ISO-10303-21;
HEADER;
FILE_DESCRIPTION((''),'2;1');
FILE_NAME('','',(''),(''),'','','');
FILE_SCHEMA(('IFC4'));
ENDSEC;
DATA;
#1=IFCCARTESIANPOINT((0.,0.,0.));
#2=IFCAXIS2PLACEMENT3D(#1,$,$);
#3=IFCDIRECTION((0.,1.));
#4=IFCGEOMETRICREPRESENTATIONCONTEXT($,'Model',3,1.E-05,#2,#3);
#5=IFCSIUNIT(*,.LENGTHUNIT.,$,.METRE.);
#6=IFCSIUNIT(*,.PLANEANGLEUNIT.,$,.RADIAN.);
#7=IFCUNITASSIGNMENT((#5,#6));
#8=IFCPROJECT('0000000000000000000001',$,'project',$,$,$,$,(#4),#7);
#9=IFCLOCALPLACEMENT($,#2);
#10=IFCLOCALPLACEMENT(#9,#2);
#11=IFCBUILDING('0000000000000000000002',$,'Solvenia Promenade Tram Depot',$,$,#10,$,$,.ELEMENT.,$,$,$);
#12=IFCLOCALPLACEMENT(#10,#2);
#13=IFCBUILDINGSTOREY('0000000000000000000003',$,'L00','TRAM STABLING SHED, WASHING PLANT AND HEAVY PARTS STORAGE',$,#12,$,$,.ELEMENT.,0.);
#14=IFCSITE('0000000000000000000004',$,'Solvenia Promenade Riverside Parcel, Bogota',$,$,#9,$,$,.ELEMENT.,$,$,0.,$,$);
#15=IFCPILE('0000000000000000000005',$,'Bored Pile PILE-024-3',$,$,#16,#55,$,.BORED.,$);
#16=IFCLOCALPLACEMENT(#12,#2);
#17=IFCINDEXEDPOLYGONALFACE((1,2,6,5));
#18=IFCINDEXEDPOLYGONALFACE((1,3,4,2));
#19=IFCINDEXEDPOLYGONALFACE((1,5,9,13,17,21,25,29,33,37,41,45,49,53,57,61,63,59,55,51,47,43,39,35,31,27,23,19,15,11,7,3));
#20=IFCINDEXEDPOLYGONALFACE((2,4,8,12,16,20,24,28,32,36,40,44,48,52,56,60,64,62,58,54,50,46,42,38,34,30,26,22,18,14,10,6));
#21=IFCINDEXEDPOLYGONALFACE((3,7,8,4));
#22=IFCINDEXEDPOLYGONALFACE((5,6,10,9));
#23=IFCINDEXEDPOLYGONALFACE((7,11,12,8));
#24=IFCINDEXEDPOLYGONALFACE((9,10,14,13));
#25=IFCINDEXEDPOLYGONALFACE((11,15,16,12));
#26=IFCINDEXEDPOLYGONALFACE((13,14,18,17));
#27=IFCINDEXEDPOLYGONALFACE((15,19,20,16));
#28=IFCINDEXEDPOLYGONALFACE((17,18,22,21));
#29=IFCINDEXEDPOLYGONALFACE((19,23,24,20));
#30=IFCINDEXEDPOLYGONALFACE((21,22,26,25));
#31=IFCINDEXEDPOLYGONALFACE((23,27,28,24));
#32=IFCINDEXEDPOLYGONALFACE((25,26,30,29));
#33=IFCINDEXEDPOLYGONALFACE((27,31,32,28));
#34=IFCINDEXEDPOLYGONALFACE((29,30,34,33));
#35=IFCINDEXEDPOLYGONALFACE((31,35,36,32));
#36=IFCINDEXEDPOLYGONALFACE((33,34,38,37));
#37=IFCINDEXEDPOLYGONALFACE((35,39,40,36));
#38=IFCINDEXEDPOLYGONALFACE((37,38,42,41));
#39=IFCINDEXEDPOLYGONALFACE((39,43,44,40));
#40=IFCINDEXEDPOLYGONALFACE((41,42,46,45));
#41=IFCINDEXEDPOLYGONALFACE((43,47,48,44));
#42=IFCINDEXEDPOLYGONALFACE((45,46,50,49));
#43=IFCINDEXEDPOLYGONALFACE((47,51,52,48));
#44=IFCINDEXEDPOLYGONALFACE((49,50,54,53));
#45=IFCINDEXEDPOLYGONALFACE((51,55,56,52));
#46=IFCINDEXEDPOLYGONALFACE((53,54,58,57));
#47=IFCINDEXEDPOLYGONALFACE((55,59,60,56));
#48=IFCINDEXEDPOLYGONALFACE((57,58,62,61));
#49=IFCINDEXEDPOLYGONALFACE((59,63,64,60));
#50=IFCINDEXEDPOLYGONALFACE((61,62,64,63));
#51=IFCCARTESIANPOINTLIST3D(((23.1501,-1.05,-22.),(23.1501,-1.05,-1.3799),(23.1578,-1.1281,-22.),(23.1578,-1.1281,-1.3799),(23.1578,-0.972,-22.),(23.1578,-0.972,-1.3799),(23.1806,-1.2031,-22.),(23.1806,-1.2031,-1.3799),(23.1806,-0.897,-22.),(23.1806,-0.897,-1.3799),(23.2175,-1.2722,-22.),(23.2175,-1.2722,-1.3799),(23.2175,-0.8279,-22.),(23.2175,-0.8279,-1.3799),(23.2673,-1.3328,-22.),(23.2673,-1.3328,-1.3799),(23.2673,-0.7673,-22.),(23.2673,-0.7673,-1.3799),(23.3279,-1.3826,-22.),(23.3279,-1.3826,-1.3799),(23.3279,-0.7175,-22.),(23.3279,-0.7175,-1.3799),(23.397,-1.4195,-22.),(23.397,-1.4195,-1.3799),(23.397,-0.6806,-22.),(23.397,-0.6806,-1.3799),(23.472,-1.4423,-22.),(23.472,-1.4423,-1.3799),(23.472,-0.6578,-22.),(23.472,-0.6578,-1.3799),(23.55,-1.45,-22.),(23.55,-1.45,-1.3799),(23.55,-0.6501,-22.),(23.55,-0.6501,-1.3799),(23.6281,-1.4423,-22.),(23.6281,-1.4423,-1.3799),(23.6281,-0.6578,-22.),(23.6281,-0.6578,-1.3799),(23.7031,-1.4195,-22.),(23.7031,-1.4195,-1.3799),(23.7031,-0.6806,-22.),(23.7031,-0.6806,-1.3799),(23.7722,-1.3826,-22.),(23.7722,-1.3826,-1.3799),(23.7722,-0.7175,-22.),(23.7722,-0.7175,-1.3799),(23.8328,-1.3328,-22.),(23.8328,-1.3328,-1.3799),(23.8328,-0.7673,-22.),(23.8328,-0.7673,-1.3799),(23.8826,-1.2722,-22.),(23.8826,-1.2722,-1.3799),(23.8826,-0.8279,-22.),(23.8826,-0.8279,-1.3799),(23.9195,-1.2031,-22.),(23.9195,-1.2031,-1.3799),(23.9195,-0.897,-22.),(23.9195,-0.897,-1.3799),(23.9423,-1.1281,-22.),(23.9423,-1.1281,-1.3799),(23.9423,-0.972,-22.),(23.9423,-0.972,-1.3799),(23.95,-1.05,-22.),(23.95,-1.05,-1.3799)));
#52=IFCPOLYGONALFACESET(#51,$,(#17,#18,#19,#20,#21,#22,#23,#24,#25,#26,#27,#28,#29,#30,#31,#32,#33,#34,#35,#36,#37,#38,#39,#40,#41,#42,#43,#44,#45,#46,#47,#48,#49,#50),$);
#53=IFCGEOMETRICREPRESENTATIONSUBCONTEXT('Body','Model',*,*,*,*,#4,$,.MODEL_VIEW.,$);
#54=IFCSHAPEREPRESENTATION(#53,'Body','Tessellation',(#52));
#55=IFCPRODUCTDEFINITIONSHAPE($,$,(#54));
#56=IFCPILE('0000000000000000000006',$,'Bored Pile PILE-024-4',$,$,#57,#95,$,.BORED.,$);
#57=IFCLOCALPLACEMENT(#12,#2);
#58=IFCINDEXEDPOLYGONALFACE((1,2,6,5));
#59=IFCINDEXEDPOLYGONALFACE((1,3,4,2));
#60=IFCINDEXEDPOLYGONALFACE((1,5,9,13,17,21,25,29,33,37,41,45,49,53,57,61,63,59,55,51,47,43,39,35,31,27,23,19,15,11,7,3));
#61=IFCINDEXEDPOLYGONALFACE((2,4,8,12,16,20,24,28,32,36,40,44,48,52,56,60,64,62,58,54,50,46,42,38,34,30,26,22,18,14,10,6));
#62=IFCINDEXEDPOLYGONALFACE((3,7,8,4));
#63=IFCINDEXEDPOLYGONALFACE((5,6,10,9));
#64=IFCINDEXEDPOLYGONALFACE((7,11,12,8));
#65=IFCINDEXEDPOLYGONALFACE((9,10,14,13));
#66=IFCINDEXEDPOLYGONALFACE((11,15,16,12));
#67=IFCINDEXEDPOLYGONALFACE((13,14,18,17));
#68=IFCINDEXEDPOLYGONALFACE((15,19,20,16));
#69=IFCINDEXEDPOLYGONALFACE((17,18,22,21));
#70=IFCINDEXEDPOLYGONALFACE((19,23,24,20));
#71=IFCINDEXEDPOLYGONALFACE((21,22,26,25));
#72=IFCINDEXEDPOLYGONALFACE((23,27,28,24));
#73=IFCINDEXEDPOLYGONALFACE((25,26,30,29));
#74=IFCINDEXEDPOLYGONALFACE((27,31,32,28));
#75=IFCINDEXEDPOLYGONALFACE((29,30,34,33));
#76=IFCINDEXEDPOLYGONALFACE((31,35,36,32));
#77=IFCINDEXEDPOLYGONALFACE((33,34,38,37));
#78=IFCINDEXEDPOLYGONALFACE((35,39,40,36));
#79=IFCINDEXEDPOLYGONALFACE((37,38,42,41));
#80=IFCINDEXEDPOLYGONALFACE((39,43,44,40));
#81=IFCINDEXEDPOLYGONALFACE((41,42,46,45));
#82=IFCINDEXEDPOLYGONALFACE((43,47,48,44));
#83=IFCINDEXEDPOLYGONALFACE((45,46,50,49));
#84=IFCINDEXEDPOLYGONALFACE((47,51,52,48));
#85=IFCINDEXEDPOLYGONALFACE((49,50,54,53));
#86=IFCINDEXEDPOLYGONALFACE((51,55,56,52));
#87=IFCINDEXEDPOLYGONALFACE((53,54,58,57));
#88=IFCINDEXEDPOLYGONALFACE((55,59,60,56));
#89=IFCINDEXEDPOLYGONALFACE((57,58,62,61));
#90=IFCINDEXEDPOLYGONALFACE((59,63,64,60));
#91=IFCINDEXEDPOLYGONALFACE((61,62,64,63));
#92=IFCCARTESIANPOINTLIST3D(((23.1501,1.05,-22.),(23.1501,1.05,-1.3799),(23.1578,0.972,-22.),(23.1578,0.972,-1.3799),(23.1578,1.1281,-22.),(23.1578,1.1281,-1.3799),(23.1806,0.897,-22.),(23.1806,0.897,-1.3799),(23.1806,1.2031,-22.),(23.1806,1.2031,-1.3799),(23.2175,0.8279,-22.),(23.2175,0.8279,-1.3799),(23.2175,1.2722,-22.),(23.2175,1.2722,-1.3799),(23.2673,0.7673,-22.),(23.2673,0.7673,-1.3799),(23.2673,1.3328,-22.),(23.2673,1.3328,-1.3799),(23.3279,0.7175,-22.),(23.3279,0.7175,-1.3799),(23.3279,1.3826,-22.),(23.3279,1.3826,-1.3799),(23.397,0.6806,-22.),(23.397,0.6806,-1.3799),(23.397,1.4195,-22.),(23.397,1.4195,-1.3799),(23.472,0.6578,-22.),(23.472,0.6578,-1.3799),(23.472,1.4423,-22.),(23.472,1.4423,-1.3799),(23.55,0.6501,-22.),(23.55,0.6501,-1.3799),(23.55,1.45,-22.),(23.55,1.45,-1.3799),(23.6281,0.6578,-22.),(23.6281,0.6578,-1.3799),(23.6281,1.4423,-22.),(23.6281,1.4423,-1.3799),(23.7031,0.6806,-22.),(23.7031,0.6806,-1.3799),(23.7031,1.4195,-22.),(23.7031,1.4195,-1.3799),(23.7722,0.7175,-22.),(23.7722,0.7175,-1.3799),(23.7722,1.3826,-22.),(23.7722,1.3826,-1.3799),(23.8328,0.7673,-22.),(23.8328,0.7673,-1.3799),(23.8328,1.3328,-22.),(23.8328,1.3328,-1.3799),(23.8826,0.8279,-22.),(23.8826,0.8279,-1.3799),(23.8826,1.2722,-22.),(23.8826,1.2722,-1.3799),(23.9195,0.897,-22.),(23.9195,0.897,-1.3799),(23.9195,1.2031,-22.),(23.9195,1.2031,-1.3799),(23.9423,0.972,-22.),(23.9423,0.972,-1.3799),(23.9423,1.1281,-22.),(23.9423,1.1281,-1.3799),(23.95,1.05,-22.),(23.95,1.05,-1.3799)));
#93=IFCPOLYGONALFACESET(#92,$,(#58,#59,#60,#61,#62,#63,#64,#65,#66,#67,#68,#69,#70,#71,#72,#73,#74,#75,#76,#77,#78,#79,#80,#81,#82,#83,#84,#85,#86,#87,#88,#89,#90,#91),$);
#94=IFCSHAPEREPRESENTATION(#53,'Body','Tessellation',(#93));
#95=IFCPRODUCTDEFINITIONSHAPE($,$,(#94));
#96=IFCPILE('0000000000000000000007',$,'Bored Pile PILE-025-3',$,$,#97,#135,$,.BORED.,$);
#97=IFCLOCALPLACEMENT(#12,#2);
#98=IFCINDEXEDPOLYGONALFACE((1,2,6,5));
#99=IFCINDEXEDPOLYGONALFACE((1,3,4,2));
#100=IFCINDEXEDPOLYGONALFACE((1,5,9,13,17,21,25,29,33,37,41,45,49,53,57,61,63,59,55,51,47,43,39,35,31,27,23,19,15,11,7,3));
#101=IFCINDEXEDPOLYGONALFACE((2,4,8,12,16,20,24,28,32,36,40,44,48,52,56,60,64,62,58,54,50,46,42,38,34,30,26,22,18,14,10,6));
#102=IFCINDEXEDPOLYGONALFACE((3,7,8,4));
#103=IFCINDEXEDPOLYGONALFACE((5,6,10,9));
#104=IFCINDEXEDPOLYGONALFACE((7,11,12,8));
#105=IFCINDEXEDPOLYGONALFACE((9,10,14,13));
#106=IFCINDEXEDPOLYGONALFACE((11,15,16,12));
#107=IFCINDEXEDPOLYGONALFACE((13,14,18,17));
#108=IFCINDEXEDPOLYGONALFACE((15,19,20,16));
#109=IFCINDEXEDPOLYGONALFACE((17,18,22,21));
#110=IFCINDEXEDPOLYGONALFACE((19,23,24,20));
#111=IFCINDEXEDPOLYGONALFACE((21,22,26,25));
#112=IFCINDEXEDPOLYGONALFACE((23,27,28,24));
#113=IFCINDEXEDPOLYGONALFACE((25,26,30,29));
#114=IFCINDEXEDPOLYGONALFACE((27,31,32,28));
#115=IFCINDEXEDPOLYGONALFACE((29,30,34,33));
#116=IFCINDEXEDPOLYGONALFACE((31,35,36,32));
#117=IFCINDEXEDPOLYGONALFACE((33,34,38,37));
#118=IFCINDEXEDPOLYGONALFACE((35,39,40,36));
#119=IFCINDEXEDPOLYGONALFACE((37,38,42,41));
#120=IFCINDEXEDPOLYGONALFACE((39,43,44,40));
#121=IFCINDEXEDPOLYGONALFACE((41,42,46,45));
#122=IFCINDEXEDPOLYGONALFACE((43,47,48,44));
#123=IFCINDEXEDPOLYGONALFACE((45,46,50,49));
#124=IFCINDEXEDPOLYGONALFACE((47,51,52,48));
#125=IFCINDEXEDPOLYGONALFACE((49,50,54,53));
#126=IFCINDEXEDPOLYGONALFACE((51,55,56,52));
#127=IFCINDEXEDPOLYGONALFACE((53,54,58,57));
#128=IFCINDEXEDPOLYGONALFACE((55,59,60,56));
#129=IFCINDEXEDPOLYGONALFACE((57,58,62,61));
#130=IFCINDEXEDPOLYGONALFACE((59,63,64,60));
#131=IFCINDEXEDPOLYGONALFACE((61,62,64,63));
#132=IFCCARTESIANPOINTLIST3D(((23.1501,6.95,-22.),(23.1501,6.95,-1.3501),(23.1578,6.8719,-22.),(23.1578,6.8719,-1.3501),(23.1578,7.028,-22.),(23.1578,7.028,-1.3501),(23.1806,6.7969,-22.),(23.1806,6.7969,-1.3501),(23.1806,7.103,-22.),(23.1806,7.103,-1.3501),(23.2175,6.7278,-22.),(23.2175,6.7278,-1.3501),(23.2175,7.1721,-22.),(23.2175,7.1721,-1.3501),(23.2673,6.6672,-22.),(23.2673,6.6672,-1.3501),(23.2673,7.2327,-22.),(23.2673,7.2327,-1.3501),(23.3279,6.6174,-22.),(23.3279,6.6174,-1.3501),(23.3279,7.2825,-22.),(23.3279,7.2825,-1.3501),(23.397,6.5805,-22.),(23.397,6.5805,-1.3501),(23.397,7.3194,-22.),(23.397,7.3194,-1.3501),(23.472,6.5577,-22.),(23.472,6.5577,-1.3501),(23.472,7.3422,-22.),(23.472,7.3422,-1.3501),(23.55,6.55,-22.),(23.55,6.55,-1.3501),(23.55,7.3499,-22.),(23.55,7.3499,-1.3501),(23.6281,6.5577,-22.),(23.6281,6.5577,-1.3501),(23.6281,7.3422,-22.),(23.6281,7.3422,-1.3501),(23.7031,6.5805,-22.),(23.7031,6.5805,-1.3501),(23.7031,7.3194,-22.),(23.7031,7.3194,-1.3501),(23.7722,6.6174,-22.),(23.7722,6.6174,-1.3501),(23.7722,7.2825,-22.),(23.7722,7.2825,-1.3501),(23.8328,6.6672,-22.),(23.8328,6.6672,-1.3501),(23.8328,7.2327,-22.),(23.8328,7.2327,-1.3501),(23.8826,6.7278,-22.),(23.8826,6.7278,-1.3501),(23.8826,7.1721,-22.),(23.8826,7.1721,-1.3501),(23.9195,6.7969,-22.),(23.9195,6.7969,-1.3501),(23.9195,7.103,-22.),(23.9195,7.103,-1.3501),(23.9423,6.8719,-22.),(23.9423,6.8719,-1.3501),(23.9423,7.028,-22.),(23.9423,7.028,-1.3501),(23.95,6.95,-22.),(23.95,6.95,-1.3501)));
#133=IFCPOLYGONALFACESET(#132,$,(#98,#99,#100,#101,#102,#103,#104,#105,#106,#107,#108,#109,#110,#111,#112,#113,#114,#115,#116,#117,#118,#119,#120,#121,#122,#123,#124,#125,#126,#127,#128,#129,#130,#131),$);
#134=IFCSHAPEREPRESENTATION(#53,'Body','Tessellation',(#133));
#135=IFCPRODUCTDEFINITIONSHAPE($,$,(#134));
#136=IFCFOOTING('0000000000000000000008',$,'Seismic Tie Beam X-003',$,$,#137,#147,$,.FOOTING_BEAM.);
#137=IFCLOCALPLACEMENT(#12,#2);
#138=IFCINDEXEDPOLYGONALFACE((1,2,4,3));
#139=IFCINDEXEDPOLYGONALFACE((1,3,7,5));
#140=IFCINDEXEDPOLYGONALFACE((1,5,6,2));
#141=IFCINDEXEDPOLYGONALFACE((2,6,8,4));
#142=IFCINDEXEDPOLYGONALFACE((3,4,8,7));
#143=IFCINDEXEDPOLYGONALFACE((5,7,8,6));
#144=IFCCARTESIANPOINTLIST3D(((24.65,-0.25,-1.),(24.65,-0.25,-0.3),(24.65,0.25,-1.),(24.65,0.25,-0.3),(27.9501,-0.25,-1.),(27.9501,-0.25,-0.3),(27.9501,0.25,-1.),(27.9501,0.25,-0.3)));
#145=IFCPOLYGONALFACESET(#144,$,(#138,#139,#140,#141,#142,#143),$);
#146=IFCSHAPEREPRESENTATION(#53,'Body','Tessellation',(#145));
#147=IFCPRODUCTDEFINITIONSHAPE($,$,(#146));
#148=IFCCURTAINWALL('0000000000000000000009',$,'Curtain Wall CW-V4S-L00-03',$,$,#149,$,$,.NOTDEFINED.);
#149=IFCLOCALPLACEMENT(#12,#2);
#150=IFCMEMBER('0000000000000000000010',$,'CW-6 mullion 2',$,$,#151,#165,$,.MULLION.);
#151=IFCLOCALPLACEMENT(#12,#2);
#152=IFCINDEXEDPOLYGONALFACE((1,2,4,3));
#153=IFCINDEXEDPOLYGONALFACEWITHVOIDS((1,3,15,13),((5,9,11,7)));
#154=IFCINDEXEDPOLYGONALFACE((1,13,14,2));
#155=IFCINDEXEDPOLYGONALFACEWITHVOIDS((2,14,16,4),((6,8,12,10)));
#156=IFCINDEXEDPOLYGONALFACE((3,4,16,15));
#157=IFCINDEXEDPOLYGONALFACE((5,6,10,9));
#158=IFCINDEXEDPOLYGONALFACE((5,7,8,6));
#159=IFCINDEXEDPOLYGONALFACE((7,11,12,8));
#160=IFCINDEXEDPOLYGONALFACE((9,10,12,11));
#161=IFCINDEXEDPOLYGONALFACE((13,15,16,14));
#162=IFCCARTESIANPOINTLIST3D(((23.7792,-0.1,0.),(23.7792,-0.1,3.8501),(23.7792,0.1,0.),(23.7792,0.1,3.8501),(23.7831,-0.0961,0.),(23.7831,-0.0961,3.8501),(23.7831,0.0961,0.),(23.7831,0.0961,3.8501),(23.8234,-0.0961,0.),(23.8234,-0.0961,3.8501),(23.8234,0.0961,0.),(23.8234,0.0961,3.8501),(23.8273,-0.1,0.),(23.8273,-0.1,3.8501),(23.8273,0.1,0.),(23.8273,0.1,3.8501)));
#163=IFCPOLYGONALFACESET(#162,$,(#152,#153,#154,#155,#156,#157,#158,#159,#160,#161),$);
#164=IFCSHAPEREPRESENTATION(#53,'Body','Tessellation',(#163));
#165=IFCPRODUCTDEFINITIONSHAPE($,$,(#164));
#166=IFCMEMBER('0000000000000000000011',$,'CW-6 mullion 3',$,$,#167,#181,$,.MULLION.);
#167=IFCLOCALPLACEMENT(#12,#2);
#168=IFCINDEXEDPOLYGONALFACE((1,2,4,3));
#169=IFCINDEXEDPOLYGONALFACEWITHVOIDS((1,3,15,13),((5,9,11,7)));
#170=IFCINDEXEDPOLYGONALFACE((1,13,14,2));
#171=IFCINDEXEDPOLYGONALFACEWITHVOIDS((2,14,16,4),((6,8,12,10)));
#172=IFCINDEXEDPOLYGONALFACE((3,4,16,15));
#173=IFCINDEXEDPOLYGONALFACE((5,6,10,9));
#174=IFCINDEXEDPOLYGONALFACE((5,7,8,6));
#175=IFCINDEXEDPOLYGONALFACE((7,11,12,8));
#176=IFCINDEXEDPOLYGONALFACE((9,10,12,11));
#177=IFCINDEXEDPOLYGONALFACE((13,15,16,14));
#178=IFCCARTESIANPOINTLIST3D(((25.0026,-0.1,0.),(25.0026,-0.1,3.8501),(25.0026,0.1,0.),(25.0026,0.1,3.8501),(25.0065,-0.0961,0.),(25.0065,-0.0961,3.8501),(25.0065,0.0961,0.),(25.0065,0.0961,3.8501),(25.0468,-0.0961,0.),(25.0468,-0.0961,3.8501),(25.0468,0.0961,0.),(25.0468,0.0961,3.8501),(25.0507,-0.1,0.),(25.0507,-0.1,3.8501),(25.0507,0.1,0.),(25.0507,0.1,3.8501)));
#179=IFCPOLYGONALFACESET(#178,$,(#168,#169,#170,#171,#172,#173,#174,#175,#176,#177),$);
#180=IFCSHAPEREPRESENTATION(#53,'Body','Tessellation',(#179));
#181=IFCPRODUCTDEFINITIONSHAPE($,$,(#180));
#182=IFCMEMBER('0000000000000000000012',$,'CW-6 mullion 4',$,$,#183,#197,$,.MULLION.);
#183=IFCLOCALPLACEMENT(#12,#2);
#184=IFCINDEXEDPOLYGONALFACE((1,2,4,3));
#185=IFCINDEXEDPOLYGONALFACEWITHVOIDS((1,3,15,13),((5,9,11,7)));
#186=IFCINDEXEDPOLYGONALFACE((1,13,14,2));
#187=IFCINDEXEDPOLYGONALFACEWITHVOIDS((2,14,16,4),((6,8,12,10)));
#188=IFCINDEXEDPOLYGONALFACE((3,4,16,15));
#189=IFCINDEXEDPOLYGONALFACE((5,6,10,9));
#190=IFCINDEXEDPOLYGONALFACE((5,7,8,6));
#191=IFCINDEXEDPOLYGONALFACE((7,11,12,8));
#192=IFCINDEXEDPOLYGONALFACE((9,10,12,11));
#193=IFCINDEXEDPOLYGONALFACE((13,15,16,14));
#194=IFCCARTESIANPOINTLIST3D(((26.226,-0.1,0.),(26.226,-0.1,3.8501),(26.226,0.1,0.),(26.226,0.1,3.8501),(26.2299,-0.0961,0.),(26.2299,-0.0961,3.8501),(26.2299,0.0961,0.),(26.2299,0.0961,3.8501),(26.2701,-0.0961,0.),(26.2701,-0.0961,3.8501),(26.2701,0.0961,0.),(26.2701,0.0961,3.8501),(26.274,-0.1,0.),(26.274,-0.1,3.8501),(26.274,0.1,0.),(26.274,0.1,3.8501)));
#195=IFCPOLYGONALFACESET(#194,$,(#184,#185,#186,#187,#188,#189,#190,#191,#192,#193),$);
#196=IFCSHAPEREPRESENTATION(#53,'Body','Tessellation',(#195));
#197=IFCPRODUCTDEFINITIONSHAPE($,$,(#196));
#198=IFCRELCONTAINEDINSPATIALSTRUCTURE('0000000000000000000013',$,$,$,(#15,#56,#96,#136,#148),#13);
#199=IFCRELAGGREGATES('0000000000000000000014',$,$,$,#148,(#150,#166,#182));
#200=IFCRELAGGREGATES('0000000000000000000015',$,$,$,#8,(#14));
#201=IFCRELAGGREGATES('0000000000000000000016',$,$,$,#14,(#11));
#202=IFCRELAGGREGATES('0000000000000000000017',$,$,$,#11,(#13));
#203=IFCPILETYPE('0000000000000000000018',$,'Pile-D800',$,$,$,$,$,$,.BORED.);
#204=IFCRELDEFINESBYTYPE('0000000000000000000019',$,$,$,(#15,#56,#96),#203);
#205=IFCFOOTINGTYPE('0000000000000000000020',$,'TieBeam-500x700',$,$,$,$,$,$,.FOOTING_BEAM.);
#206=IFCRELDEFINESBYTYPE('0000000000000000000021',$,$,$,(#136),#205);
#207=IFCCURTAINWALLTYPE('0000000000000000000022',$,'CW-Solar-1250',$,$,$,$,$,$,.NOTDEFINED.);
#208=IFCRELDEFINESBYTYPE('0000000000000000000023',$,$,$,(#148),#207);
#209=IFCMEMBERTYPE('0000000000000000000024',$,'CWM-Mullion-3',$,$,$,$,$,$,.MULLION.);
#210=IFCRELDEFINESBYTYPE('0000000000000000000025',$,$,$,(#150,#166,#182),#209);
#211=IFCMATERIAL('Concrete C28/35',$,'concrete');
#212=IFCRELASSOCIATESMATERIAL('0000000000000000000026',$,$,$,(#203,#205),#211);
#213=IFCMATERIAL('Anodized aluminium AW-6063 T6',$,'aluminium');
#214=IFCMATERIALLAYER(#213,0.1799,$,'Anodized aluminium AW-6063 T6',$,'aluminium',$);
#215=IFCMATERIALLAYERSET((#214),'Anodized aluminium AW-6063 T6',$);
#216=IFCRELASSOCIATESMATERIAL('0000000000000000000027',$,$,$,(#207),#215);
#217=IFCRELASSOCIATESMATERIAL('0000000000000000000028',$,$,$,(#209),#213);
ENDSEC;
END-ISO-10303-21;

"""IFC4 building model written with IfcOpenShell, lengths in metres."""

from ifc_helpers import new_model, si_unit, direction, frame, origin, origin_2d, place, context, subcontext, project, spatial, rectangle, hollow_rectangle, circle, extrude, material, layer, layer_set, material_profile, profile_set, type_object, element, aggregate, save


model = new_model("IFC4")

# Units and contexts
model_context = context("Model", 3, precision=1e-05, world=origin(), true_north=direction((0.0, 1.0)))
body_context = subcontext(model_context, "Body", "Model", "MODEL_VIEW")
ifc_project = project(units=[si_unit("LENGTHUNIT", "METRE"), si_unit("PLANEANGLEUNIT", "RADIAN")], contexts=[model_context])

# Site, building, storey
site_placement = place(None, origin())
site = spatial("IfcSite", under=ifc_project, at=site_placement, Name="Solvenia Promenade Riverside Parcel, Bogota", CompositionType="ELEMENT", RefElevation=0.0)
building_placement = place(site_placement, origin())
building = spatial("IfcBuilding", under=site, at=building_placement, Name="Solvenia Promenade Tram Depot", CompositionType="ELEMENT")
storey_placement = place(building_placement, origin())
storey = spatial("IfcBuildingStorey", under=building, at=storey_placement, Name="L00", Description="TRAM STABLING SHED, WASHING PLANT AND HEAVY PARTS STORAGE", CompositionType="ELEMENT", Elevation=0.0)

# Piles
ifc_material_1 = material(Name="Concrete C28/35", Category="concrete")
ifc_material_profile_1 = material_profile(ifc_material_1, circle(Radius=0.3999, at=origin_2d()), Name="D800", Category="concrete")
ifc_profile_set_1 = profile_set([ifc_material_profile_1], Name="Concrete C28/35")
pile_type = type_object("IfcPileType", Name="Pile-D800", PredefinedType="BORED", material=ifc_profile_set_1)
for number, where, z_axis, x_axis, name in (
    (1, (23.55, -1.05, -1.3799), (0.0, 0.0, -1.0), (1.0, 0.0, 0.0), "Bored Pile PILE-024-3"),
    (2, (23.55, 1.05, -1.3799), (0.0, 0.0, -1.0), (1.0, 0.0, 0.0), "Bored Pile PILE-024-4"),
):
    element("IfcPile", number, at=place(storey_placement, frame(where, z_axis=z_axis, x_axis=x_axis)), inside=storey, type_object=pile_type, Name=name, PredefinedType="BORED", context=body_context, shape_type="SweptSolid", body=[
        extrude(circle(Radius=0.3999, at=origin_2d()), origin(), (0.0, 0.0, 1.0), 20.6201),
    ])
pile_placement = place(storey_placement, frame((23.55, 6.95, -1.3501), z_axis=(0.0, 0.0, -1.0), x_axis=(1.0, 0.0, 0.0)))
element("IfcPile", 3, at=pile_placement, inside=storey, type_object=pile_type, Name="Bored Pile PILE-025-3", PredefinedType="BORED", context=body_context, shape_type="SweptSolid", body=[
    extrude(circle(Radius=0.3999, at=origin_2d()), origin(), (0.0, 0.0, 1.0), 20.6499),
])

# Footing
footing_type = type_object("IfcFootingType", Name="TieBeam-500x700", PredefinedType="FOOTING_BEAM", material=ifc_material_1)
footing_placement = place(storey_placement, frame((26.3, 0.0, -1.0), z_axis=(0.0, 0.0, 1.0), x_axis=(1.0, 0.0, 0.0)))
element("IfcFooting", 4, at=footing_placement, inside=storey, type_object=footing_type, Name="Seismic Tie Beam X-003", PredefinedType="FOOTING_BEAM", context=body_context, shape_type="SweptSolid", body=[
    extrude(rectangle(XDim=3.3, YDim=0.5, at=origin_2d()), origin(), (0.0, 0.0, 1.0), 0.7),
])

# Curtain wall, members
ifc_material_2 = material(Name="Anodized aluminium AW-6063 T6", Category="aluminium")
ifc_layer_1 = layer(ifc_material_2, 0.1799, Name="Anodized aluminium AW-6063 T6", Category="aluminium")
ifc_layer_set_1 = layer_set([ifc_layer_1], Name="Anodized aluminium AW-6063 T6")
curtain_wall_type = type_object("IfcCurtainWallType", Name="CW-Solar-1250", PredefinedType="NOTDEFINED", material=ifc_layer_set_1)
curtain_wall_placement = place(storey_placement, origin())
curtain_wall = element("IfcCurtainWall", 5, at=curtain_wall_placement, inside=storey, type_object=curtain_wall_type, Name="Curtain Wall CW-V4S-L00-03", PredefinedType="NOTDEFINED")
ifc_material_profile_2 = material_profile(ifc_material_2, hollow_rectangle(XDim=0.2, YDim=0.0481, WallThickness=0.0039, at=origin_2d()), Name="ALU-M3", Category="aluminium")
ifc_profile_set_2 = profile_set([ifc_material_profile_2], Name="Anodized aluminium AW-6063 T6")
member_type_1 = type_object("IfcMemberType", Name="CWM-Mullion-3", PredefinedType="MULLION", material=ifc_profile_set_2)
member_1_placement = place(storey_placement, frame((23.8032, 0.0, 0.0), z_axis=(0.0, 0.0, 1.0), x_axis=(0.0, 1.0, 0.0)))
member_1 = element("IfcMember", 6, at=member_1_placement, type_object=member_type_1, Name="CW-6 mullion 2", PredefinedType="MULLION", context=body_context, shape_type="SweptSolid", body=[
    extrude(hollow_rectangle(XDim=0.2, YDim=0.0481, WallThickness=0.0039, at=origin_2d()), origin(), (0.0, 0.0, 1.0), 3.8501),
])
member_2_placement = place(storey_placement, frame((25.0266, 0.0, 0.0), z_axis=(0.0, 0.0, 1.0), x_axis=(0.0, 1.0, 0.0)))
member_2 = element("IfcMember", 7, at=member_2_placement, type_object=member_type_1, Name="CW-6 mullion 3", PredefinedType="MULLION", context=body_context, shape_type="SweptSolid", body=[
    extrude(hollow_rectangle(XDim=0.2, YDim=0.0481, WallThickness=0.0039, at=origin_2d()), origin(), (0.0, 0.0, 1.0), 3.8501),
])
member_3_placement = place(storey_placement, frame((26.25, 0.0, 0.0), z_axis=(0.0, 0.0, 1.0), x_axis=(0.0, 1.0, 0.0)))
member_3 = element("IfcMember", 8, at=member_3_placement, type_object=member_type_1, Name="CW-6 mullion 4", PredefinedType="MULLION", context=body_context, shape_type="SweptSolid", body=[
    extrude(hollow_rectangle(XDim=0.2, YDim=0.0481, WallThickness=0.0039, at=origin_2d()), origin(), (0.0, 0.0, 1.0), 3.8501),
])
aggregate(curtain_wall, [member_1, member_2, member_3])

save(model, "model.ifc")
